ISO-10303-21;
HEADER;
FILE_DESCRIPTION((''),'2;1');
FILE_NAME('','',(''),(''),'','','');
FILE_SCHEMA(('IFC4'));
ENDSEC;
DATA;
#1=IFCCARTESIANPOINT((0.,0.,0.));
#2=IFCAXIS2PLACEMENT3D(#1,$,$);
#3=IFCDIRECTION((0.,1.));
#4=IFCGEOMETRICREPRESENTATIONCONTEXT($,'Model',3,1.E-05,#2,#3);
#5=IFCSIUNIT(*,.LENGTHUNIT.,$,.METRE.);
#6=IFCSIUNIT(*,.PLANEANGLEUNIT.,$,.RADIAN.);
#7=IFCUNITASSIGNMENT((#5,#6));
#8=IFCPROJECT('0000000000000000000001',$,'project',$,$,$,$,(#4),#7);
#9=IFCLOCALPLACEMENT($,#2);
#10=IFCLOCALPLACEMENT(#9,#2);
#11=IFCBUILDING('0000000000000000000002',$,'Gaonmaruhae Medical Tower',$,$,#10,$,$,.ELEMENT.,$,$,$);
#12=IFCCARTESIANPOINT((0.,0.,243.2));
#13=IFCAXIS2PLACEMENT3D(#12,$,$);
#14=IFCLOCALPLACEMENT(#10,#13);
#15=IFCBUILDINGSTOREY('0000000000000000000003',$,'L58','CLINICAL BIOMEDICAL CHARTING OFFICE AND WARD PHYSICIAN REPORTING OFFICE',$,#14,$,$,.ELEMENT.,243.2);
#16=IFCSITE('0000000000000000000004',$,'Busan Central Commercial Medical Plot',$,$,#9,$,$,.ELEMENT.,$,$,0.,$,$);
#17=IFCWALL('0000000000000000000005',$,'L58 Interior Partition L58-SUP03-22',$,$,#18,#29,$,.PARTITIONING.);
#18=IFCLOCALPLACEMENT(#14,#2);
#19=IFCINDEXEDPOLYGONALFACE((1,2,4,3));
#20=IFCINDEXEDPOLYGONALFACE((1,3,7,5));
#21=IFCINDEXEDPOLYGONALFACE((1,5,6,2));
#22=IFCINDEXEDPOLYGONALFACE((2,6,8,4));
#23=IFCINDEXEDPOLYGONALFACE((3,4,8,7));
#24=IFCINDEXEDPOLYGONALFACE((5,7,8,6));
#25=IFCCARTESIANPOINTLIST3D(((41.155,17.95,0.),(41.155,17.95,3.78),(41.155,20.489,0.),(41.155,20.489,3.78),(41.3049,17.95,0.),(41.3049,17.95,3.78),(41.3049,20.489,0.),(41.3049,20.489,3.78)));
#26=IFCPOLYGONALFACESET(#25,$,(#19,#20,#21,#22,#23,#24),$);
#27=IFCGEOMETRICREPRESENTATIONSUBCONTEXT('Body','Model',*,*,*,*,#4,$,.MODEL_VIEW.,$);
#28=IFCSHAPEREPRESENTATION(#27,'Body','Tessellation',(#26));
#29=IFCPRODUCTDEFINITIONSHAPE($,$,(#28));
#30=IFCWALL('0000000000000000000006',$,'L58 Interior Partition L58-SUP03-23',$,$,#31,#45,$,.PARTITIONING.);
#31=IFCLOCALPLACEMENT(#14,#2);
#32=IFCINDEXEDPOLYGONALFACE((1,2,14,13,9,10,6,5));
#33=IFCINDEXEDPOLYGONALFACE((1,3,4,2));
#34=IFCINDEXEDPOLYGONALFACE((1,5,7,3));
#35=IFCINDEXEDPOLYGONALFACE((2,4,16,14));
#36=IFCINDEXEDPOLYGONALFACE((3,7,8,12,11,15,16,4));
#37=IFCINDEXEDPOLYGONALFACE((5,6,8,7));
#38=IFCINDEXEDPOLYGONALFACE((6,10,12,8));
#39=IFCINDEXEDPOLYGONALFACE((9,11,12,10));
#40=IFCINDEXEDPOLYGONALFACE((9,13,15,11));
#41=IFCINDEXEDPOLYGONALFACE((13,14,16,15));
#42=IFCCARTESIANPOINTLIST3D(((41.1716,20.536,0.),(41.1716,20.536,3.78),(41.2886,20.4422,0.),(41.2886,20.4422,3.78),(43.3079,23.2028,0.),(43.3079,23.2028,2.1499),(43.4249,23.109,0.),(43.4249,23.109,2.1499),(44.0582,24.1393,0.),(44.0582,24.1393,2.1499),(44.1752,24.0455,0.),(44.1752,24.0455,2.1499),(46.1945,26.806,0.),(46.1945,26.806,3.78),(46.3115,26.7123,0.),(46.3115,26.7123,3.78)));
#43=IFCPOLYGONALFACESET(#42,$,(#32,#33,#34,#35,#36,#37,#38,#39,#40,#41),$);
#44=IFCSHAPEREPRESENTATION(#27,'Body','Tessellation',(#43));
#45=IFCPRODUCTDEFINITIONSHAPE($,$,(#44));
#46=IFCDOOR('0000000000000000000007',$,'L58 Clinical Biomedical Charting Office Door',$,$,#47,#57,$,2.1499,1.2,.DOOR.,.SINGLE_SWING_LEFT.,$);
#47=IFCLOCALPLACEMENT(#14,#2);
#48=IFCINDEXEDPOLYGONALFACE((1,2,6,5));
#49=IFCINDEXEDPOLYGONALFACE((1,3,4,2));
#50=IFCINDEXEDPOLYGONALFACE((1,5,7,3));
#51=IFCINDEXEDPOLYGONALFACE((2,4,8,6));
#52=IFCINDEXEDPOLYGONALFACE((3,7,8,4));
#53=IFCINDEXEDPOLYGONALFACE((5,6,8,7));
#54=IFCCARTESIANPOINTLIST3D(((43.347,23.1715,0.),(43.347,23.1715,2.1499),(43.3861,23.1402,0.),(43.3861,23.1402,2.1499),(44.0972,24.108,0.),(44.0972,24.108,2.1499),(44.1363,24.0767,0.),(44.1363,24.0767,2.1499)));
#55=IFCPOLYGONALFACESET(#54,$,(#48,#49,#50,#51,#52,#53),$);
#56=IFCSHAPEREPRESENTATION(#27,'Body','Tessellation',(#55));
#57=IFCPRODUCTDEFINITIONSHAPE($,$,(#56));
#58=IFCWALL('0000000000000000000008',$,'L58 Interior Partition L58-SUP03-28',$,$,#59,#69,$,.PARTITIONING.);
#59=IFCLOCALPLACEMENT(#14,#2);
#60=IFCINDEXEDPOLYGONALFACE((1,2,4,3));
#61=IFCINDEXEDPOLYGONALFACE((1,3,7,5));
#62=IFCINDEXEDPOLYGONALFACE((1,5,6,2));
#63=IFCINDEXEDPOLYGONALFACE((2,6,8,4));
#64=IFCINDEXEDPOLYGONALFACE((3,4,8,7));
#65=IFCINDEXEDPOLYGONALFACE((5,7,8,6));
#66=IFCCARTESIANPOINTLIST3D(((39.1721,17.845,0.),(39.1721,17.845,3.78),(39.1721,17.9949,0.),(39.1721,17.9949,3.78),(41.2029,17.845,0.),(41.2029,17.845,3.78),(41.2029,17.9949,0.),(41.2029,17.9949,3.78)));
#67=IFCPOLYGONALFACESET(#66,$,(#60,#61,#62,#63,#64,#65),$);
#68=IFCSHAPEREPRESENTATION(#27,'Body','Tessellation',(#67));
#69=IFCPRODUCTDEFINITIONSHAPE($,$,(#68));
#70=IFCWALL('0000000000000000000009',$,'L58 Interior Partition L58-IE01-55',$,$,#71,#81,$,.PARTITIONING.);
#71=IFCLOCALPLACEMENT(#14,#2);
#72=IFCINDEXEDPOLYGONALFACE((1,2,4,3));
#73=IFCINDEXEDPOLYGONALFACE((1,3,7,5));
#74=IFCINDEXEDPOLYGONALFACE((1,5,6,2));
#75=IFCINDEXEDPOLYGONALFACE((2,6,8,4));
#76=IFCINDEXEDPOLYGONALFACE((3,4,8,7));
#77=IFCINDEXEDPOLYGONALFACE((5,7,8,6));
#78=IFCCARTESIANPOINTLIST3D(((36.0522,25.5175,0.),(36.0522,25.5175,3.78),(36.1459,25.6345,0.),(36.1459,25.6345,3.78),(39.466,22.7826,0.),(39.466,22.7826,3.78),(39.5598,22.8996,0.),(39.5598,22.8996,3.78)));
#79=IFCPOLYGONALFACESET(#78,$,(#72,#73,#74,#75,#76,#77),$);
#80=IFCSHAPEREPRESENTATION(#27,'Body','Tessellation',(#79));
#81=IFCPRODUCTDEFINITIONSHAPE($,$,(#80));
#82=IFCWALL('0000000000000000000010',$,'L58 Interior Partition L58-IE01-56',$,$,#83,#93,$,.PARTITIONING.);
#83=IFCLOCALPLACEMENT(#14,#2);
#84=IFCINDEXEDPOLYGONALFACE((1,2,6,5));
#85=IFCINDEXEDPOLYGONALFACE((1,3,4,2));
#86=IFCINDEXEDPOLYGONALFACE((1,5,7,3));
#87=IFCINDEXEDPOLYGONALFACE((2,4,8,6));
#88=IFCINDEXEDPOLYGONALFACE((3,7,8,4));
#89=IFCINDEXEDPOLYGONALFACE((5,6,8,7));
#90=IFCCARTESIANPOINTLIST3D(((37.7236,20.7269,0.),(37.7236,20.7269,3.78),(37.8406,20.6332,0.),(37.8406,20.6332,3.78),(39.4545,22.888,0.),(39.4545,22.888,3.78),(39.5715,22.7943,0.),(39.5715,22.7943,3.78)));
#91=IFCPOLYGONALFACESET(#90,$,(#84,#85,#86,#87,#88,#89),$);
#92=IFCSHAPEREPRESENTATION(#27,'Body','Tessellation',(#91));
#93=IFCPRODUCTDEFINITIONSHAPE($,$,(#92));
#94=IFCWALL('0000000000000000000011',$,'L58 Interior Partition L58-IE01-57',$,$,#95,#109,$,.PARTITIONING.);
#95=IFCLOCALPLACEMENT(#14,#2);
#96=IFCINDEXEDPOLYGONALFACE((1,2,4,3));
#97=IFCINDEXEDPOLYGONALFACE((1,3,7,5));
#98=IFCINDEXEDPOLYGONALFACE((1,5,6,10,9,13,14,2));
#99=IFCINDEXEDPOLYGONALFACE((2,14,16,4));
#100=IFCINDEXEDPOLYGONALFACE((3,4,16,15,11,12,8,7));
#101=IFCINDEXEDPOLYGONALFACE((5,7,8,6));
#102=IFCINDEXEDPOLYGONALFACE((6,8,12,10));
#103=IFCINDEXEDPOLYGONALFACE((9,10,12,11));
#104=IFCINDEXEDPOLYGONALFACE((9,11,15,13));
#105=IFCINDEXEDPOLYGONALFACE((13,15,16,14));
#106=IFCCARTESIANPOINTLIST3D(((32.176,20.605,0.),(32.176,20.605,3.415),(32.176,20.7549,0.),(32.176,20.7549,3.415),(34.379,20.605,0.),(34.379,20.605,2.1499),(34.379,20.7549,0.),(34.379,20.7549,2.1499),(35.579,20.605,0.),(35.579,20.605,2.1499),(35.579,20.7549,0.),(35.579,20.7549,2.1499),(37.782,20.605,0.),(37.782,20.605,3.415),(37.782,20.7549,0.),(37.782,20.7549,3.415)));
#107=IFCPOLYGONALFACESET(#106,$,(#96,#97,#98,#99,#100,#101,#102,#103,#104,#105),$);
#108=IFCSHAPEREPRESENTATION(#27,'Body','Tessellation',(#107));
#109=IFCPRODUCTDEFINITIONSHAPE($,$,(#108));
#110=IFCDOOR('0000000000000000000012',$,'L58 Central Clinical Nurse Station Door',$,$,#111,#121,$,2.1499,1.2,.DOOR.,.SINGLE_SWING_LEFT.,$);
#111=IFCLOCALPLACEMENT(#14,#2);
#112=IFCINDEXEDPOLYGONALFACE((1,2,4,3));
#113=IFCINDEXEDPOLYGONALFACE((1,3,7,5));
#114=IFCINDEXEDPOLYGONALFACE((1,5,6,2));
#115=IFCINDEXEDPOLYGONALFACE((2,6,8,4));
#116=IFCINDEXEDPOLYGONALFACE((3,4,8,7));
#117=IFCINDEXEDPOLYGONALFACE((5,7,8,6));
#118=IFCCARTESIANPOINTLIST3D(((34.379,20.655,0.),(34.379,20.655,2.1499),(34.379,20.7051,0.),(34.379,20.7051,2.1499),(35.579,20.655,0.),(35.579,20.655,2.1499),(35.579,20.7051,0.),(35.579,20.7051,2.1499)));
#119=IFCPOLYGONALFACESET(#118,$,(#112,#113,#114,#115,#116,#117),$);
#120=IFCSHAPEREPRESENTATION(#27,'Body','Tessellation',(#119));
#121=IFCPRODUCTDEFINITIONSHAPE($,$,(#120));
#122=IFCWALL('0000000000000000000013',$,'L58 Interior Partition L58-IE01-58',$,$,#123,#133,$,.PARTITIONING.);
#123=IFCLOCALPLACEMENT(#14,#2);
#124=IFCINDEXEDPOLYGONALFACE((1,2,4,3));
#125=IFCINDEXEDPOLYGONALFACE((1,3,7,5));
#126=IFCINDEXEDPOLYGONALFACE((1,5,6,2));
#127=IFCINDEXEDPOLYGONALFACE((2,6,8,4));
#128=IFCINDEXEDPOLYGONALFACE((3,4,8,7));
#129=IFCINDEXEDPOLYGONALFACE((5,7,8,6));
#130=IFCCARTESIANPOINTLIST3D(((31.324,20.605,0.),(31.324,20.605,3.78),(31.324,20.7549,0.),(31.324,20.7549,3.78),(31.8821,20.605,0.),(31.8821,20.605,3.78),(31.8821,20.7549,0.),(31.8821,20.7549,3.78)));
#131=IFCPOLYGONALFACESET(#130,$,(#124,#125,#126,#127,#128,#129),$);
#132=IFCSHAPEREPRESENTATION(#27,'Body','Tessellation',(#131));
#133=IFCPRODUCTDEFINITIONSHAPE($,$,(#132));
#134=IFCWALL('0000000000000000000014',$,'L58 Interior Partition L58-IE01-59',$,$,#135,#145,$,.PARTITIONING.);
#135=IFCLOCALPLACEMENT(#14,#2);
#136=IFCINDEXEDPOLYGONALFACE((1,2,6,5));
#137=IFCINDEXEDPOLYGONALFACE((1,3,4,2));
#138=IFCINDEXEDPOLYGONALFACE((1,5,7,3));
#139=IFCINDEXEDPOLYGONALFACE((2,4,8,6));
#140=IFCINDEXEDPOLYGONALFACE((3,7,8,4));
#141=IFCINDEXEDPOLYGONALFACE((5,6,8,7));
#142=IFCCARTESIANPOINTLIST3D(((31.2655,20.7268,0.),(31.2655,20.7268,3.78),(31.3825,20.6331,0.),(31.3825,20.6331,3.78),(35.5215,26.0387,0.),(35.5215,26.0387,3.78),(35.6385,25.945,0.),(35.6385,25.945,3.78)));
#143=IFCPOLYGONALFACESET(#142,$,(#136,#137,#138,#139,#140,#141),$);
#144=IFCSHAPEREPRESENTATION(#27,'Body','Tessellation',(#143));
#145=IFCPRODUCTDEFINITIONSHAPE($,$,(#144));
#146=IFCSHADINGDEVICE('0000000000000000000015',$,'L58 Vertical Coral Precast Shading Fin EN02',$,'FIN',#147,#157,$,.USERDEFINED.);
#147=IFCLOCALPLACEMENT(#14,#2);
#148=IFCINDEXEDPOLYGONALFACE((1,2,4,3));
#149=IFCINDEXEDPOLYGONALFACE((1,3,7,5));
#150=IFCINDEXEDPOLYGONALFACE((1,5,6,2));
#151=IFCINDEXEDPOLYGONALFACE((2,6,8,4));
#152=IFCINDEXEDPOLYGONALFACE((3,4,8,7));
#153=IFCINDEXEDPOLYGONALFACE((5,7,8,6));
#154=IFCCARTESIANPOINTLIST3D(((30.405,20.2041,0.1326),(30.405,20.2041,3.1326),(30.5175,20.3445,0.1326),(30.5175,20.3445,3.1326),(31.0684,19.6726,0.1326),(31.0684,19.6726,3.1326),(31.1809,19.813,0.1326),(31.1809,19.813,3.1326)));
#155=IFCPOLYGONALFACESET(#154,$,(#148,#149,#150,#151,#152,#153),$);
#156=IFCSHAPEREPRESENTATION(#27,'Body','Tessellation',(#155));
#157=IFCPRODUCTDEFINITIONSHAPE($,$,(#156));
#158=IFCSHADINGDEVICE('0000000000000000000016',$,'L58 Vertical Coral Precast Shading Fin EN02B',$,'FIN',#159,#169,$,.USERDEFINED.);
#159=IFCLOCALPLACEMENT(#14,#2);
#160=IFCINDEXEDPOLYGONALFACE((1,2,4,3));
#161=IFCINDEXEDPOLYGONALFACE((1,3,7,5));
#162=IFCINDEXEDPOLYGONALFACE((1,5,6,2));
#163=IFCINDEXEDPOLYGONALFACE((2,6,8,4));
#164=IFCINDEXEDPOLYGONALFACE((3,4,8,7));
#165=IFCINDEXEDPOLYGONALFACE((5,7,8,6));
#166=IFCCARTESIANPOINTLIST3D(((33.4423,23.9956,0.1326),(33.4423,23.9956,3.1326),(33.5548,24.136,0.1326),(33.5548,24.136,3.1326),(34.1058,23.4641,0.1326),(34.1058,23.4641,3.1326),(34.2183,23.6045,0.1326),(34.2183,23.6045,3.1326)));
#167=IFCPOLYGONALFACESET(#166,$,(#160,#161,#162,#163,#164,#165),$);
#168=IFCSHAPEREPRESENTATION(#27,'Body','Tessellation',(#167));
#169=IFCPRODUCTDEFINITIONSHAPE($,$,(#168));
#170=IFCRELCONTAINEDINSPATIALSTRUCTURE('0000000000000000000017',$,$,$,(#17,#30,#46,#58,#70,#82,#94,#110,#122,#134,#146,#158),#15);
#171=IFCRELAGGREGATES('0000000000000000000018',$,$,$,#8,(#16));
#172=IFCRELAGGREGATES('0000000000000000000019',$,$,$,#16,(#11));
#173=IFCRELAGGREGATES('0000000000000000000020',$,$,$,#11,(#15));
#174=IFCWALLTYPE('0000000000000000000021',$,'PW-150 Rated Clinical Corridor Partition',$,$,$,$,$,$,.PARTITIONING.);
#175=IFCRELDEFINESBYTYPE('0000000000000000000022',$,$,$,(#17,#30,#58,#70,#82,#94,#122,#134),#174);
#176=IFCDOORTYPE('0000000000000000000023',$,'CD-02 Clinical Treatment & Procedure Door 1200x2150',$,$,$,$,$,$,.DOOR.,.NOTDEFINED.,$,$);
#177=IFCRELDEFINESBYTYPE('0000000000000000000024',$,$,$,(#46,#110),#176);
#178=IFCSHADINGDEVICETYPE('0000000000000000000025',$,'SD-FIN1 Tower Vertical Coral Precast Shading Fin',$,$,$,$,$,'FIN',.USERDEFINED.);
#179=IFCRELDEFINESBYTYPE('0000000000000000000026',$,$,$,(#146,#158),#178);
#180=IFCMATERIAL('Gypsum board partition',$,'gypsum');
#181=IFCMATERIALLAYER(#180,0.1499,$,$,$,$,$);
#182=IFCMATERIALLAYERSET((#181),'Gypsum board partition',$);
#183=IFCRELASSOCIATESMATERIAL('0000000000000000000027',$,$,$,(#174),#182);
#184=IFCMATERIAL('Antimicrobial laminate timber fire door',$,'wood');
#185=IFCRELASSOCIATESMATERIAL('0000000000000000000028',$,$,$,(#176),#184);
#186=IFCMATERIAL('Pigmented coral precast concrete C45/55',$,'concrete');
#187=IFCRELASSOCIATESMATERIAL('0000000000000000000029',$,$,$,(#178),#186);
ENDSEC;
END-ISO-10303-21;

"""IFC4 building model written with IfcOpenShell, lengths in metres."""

from ifc_helpers import new_model, si_unit, direction, frame, frame_2d, origin, origin_2d, place, context, subcontext, project, spatial, rectangle, extrude, material, layer, layer_set, type_object, element, fill, save


model = new_model("IFC4")

# Units and contexts
model_context = context("Model", 3, precision=1e-05, world=origin(), true_north=direction((0.0, 1.0)))
body_context = subcontext(model_context, "Body", "Model", "MODEL_VIEW")
ifc_project = project(units=[si_unit("LENGTHUNIT", "METRE"), si_unit("PLANEANGLEUNIT", "RADIAN")], contexts=[model_context])

# Site, building, storey
site_placement = place(None, origin())
site = spatial("IfcSite", under=ifc_project, at=site_placement, Name="Busan Central Commercial Medical Plot", CompositionType="ELEMENT", RefElevation=0.0)
building_placement = place(site_placement, origin())
building = spatial("IfcBuilding", under=site, at=building_placement, Name="Gaonmaruhae Medical Tower", CompositionType="ELEMENT")
storey_placement = place(building_placement, frame((0.0, 0.0, 243.2)))
storey = spatial("IfcBuildingStorey", under=building, at=storey_placement, Name="L58", Description="CLINICAL BIOMEDICAL CHARTING OFFICE AND WARD PHYSICIAN REPORTING OFFICE", CompositionType="ELEMENT", Elevation=243.2)

# Wall
ifc_material_1 = material(Name="Gypsum board partition", Category="gypsum")
ifc_layer_1 = layer(ifc_material_1, 0.1499)
ifc_layer_set_1 = layer_set([ifc_layer_1], Name="Gypsum board partition")
wall_type_1 = type_object("IfcWallType", Name="PW-150 Rated Clinical Corridor Partition", PredefinedType="PARTITIONING", material=ifc_layer_set_1)
wall_1_placement = place(storey_placement, frame((41.23, 17.95, 0.0), z_axis=(0.0, 0.0, 1.0), x_axis=(0.0, 1.0, 0.0)))
element("IfcWall", 1, at=wall_1_placement, inside=storey, type_object=wall_type_1, Name="L58 Interior Partition L58-SUP03-22", PredefinedType="PARTITIONING", context=body_context, shape_type="SweptSolid", body=[
    extrude(rectangle(XDim=2.5391, YDim=0.1499, at=frame_2d((1.2695, 0.0))), origin(), (0.0, 0.0, 1.0), 3.78),
])

# Wall, opening, door
wall_2_placement = place(storey_placement, frame((41.23, 20.489, 0.0), z_axis=(0.0, 0.0, 1.0), x_axis=(0.625221, 0.780448, 0.0)))
wall_2 = element("IfcWall", 2, at=wall_2_placement, inside=storey, type_object=wall_type_1, Name="L58 Interior Partition L58-SUP03-23", PredefinedType="PARTITIONING", context=body_context, shape_type="SweptSolid", body=[
    extrude(rectangle(XDim=8.0339, YDim=0.1499, at=frame_2d((4.0171, 0.0))), origin(), (0.0, 0.0, 1.0), 3.78),
])
opening_1_placement = place(wall_2_placement, frame((3.417, 0.0, 0.0)))
opening_1 = element("IfcOpeningElement", 3, at=opening_1_placement, cuts=wall_2, PredefinedType="OPENING", context=body_context, shape_type="SweptSolid", body=[
    extrude(rectangle(XDim=1.2, YDim=2.1499, at=frame_2d((0.6001, 1.075))), frame((0.0, 0.085, 0.0), z_axis=(0.0, -1.0, 0.0), x_axis=(1.0, 0.0, 0.0)), (0.0, 0.0, 1.0), 0.1699),
])
ifc_material_2 = material(Name="Antimicrobial laminate timber fire door", Category="wood")
door_type = type_object("IfcDoorType", Name="CD-02 Clinical Treatment & Procedure Door 1200x2150", OperationType="NOTDEFINED", PredefinedType="DOOR", material=ifc_material_2)
door_1_placement = place(opening_1_placement, origin())
door_1 = element("IfcDoor", 4, at=door_1_placement, inside=storey, type_object=door_type, Name="L58 Clinical Biomedical Charting Office Door", OperationType="SINGLE_SWING_LEFT", OverallHeight=2.1499, OverallWidth=1.2, PredefinedType="DOOR", context=body_context, shape_type="SweptSolid", body=[
    extrude(rectangle(XDim=1.2, YDim=2.1499, at=frame_2d((0.6001, 1.075))), frame((0.0, 0.0249, 0.0), z_axis=(0.0, -1.0, 0.0), x_axis=(1.0, 0.0, 0.0)), (0.0, 0.0, 1.0), 0.05),
])
fill(opening_1, door_1)

# Walls
wall_3_placement = place(storey_placement, frame((39.1721, 17.9199, 0.0), z_axis=(0.0, 0.0, 1.0), x_axis=(1.0, 0.0, 0.0)))
element("IfcWall", 5, at=wall_3_placement, inside=storey, type_object=wall_type_1, Name="L58 Interior Partition L58-SUP03-28", PredefinedType="PARTITIONING", context=body_context, shape_type="SweptSolid", body=[
    extrude(rectangle(XDim=2.0308, YDim=0.1499, at=frame_2d((1.0154, 0.0))), origin(), (0.0, 0.0, 1.0), 3.78),
])
wall_4_placement = place(storey_placement, frame((36.0991, 25.5759, 0.0), z_axis=(0.0, 0.0, 1.0), x_axis=(0.780444, -0.625226, 0.0)))
element("IfcWall", 6, at=wall_4_placement, inside=storey, type_object=wall_type_1, Name="L58 Interior Partition L58-IE01-55", PredefinedType="PARTITIONING", context=body_context, shape_type="SweptSolid", body=[
    extrude(rectangle(XDim=4.3743, YDim=0.1499, at=frame_2d((2.187, 0.0))), origin(), (0.0, 0.0, 1.0), 3.78),
])
wall_5_placement = place(storey_placement, frame((39.5129, 22.8411, 0.0), z_axis=(0.0, 0.0, 1.0), x_axis=(-0.625147, -0.780507, 0.0)))
element("IfcWall", 7, at=wall_5_placement, inside=storey, type_object=wall_type_1, Name="L58 Interior Partition L58-IE01-56", PredefinedType="PARTITIONING", context=body_context, shape_type="SweptSolid", body=[
    extrude(rectangle(XDim=2.7688, YDim=0.1499, at=frame_2d((1.3843, 0.0))), origin(), (0.0, 0.0, 1.0), 3.78),
])

# Wall, opening, door
wall_6_placement = place(storey_placement, frame((37.782, 20.6799, 0.0), z_axis=(0.0, 0.0, 1.0), x_axis=(-1.0, 0.0, 0.0)))
wall_6 = element("IfcWall", 8, at=wall_6_placement, inside=storey, type_object=wall_type_1, Name="L58 Interior Partition L58-IE01-57", PredefinedType="PARTITIONING", context=body_context, shape_type="SweptSolid", body=[
    extrude(rectangle(XDim=5.606, YDim=0.1499, at=frame_2d((2.803, 0.0))), origin(), (0.0, 0.0, 1.0), 3.415),
])
opening_2_placement = place(wall_6_placement, frame((2.2029, 0.0, 0.0)))
opening_2 = element("IfcOpeningElement", 9, at=opening_2_placement, cuts=wall_6, PredefinedType="OPENING", context=body_context, shape_type="SweptSolid", body=[
    extrude(rectangle(XDim=1.2, YDim=2.1499, at=frame_2d((0.6001, 1.075))), frame((0.0, 0.085, 0.0), z_axis=(0.0, -1.0, 0.0), x_axis=(1.0, 0.0, 0.0)), (0.0, 0.0, 1.0), 0.1699),
])
door_2_placement = place(opening_2_placement, origin())
door_2 = element("IfcDoor", 10, at=door_2_placement, inside=storey, type_object=door_type, Name="L58 Central Clinical Nurse Station Door", OperationType="SINGLE_SWING_LEFT", OverallHeight=2.1499, OverallWidth=1.2, PredefinedType="DOOR", context=body_context, shape_type="SweptSolid", body=[
    extrude(rectangle(XDim=1.2, YDim=2.1499, at=frame_2d((0.6001, 1.075))), frame((0.0, 0.0249, 0.0), z_axis=(0.0, -1.0, 0.0), x_axis=(1.0, 0.0, 0.0)), (0.0, 0.0, 1.0), 0.05),
])
fill(opening_2, door_2)

# Walls
wall_7_placement = place(storey_placement, frame((31.8821, 20.6799, 0.0), z_axis=(0.0, 0.0, 1.0), x_axis=(-1.0, 0.0, 0.0)))
element("IfcWall", 11, at=wall_7_placement, inside=storey, type_object=wall_type_1, Name="L58 Interior Partition L58-IE01-58", PredefinedType="PARTITIONING", context=body_context, shape_type="SweptSolid", body=[
    extrude(rectangle(XDim=0.5581, YDim=0.1499, at=frame_2d((0.2791, 0.0))), origin(), (0.0, 0.0, 1.0), 3.78),
])
wall_8_placement = place(storey_placement, frame((31.324, 20.6799, 0.0), z_axis=(0.0, 0.0, 1.0), x_axis=(0.625277, 0.780403, 0.0)))
element("IfcWall", 12, at=wall_8_placement, inside=storey, type_object=wall_type_1, Name="L58 Interior Partition L58-IE01-59", PredefinedType="PARTITIONING", context=body_context, shape_type="SweptSolid", body=[
    extrude(rectangle(XDim=6.8066, YDim=0.1499, at=frame_2d((3.4033, 0.0))), origin(), (0.0, 0.0, 1.0), 3.78),
])

# Shading devices
ifc_material_3 = material(Name="Pigmented coral precast concrete C45/55", Category="concrete")
shading_device_type = type_object("IfcShadingDeviceType", Name="SD-FIN1 Tower Vertical Coral Precast Shading Fin", ElementType="FIN", PredefinedType="USERDEFINED", material=ifc_material_3)
for number, where, z_axis, x_axis, name in (
    (13, (30.793, 20.0085, 0.1326), (0.0, 0.0, 1.0), (0.625229, 0.780441, 0.0), "L58 Vertical Coral Precast Shading Fin EN02"),
    (14, (33.8303, 23.8, 0.1326), (0.0, 0.0, 1.0), (0.625229, 0.780441, 0.0), "L58 Vertical Coral Precast Shading Fin EN02B"),
):
    element("IfcShadingDevice", number, at=place(storey_placement, frame(where, z_axis=z_axis, x_axis=x_axis)), inside=storey, type_object=shading_device_type, Name=name, ObjectType="FIN", PredefinedType="USERDEFINED", context=body_context, shape_type="SweptSolid", body=[
        extrude(rectangle(XDim=0.1799, YDim=0.8501, at=origin_2d()), origin(), (0.0, 0.0, 1.0), 3.0),
    ])

save(model, "model.ifc")
